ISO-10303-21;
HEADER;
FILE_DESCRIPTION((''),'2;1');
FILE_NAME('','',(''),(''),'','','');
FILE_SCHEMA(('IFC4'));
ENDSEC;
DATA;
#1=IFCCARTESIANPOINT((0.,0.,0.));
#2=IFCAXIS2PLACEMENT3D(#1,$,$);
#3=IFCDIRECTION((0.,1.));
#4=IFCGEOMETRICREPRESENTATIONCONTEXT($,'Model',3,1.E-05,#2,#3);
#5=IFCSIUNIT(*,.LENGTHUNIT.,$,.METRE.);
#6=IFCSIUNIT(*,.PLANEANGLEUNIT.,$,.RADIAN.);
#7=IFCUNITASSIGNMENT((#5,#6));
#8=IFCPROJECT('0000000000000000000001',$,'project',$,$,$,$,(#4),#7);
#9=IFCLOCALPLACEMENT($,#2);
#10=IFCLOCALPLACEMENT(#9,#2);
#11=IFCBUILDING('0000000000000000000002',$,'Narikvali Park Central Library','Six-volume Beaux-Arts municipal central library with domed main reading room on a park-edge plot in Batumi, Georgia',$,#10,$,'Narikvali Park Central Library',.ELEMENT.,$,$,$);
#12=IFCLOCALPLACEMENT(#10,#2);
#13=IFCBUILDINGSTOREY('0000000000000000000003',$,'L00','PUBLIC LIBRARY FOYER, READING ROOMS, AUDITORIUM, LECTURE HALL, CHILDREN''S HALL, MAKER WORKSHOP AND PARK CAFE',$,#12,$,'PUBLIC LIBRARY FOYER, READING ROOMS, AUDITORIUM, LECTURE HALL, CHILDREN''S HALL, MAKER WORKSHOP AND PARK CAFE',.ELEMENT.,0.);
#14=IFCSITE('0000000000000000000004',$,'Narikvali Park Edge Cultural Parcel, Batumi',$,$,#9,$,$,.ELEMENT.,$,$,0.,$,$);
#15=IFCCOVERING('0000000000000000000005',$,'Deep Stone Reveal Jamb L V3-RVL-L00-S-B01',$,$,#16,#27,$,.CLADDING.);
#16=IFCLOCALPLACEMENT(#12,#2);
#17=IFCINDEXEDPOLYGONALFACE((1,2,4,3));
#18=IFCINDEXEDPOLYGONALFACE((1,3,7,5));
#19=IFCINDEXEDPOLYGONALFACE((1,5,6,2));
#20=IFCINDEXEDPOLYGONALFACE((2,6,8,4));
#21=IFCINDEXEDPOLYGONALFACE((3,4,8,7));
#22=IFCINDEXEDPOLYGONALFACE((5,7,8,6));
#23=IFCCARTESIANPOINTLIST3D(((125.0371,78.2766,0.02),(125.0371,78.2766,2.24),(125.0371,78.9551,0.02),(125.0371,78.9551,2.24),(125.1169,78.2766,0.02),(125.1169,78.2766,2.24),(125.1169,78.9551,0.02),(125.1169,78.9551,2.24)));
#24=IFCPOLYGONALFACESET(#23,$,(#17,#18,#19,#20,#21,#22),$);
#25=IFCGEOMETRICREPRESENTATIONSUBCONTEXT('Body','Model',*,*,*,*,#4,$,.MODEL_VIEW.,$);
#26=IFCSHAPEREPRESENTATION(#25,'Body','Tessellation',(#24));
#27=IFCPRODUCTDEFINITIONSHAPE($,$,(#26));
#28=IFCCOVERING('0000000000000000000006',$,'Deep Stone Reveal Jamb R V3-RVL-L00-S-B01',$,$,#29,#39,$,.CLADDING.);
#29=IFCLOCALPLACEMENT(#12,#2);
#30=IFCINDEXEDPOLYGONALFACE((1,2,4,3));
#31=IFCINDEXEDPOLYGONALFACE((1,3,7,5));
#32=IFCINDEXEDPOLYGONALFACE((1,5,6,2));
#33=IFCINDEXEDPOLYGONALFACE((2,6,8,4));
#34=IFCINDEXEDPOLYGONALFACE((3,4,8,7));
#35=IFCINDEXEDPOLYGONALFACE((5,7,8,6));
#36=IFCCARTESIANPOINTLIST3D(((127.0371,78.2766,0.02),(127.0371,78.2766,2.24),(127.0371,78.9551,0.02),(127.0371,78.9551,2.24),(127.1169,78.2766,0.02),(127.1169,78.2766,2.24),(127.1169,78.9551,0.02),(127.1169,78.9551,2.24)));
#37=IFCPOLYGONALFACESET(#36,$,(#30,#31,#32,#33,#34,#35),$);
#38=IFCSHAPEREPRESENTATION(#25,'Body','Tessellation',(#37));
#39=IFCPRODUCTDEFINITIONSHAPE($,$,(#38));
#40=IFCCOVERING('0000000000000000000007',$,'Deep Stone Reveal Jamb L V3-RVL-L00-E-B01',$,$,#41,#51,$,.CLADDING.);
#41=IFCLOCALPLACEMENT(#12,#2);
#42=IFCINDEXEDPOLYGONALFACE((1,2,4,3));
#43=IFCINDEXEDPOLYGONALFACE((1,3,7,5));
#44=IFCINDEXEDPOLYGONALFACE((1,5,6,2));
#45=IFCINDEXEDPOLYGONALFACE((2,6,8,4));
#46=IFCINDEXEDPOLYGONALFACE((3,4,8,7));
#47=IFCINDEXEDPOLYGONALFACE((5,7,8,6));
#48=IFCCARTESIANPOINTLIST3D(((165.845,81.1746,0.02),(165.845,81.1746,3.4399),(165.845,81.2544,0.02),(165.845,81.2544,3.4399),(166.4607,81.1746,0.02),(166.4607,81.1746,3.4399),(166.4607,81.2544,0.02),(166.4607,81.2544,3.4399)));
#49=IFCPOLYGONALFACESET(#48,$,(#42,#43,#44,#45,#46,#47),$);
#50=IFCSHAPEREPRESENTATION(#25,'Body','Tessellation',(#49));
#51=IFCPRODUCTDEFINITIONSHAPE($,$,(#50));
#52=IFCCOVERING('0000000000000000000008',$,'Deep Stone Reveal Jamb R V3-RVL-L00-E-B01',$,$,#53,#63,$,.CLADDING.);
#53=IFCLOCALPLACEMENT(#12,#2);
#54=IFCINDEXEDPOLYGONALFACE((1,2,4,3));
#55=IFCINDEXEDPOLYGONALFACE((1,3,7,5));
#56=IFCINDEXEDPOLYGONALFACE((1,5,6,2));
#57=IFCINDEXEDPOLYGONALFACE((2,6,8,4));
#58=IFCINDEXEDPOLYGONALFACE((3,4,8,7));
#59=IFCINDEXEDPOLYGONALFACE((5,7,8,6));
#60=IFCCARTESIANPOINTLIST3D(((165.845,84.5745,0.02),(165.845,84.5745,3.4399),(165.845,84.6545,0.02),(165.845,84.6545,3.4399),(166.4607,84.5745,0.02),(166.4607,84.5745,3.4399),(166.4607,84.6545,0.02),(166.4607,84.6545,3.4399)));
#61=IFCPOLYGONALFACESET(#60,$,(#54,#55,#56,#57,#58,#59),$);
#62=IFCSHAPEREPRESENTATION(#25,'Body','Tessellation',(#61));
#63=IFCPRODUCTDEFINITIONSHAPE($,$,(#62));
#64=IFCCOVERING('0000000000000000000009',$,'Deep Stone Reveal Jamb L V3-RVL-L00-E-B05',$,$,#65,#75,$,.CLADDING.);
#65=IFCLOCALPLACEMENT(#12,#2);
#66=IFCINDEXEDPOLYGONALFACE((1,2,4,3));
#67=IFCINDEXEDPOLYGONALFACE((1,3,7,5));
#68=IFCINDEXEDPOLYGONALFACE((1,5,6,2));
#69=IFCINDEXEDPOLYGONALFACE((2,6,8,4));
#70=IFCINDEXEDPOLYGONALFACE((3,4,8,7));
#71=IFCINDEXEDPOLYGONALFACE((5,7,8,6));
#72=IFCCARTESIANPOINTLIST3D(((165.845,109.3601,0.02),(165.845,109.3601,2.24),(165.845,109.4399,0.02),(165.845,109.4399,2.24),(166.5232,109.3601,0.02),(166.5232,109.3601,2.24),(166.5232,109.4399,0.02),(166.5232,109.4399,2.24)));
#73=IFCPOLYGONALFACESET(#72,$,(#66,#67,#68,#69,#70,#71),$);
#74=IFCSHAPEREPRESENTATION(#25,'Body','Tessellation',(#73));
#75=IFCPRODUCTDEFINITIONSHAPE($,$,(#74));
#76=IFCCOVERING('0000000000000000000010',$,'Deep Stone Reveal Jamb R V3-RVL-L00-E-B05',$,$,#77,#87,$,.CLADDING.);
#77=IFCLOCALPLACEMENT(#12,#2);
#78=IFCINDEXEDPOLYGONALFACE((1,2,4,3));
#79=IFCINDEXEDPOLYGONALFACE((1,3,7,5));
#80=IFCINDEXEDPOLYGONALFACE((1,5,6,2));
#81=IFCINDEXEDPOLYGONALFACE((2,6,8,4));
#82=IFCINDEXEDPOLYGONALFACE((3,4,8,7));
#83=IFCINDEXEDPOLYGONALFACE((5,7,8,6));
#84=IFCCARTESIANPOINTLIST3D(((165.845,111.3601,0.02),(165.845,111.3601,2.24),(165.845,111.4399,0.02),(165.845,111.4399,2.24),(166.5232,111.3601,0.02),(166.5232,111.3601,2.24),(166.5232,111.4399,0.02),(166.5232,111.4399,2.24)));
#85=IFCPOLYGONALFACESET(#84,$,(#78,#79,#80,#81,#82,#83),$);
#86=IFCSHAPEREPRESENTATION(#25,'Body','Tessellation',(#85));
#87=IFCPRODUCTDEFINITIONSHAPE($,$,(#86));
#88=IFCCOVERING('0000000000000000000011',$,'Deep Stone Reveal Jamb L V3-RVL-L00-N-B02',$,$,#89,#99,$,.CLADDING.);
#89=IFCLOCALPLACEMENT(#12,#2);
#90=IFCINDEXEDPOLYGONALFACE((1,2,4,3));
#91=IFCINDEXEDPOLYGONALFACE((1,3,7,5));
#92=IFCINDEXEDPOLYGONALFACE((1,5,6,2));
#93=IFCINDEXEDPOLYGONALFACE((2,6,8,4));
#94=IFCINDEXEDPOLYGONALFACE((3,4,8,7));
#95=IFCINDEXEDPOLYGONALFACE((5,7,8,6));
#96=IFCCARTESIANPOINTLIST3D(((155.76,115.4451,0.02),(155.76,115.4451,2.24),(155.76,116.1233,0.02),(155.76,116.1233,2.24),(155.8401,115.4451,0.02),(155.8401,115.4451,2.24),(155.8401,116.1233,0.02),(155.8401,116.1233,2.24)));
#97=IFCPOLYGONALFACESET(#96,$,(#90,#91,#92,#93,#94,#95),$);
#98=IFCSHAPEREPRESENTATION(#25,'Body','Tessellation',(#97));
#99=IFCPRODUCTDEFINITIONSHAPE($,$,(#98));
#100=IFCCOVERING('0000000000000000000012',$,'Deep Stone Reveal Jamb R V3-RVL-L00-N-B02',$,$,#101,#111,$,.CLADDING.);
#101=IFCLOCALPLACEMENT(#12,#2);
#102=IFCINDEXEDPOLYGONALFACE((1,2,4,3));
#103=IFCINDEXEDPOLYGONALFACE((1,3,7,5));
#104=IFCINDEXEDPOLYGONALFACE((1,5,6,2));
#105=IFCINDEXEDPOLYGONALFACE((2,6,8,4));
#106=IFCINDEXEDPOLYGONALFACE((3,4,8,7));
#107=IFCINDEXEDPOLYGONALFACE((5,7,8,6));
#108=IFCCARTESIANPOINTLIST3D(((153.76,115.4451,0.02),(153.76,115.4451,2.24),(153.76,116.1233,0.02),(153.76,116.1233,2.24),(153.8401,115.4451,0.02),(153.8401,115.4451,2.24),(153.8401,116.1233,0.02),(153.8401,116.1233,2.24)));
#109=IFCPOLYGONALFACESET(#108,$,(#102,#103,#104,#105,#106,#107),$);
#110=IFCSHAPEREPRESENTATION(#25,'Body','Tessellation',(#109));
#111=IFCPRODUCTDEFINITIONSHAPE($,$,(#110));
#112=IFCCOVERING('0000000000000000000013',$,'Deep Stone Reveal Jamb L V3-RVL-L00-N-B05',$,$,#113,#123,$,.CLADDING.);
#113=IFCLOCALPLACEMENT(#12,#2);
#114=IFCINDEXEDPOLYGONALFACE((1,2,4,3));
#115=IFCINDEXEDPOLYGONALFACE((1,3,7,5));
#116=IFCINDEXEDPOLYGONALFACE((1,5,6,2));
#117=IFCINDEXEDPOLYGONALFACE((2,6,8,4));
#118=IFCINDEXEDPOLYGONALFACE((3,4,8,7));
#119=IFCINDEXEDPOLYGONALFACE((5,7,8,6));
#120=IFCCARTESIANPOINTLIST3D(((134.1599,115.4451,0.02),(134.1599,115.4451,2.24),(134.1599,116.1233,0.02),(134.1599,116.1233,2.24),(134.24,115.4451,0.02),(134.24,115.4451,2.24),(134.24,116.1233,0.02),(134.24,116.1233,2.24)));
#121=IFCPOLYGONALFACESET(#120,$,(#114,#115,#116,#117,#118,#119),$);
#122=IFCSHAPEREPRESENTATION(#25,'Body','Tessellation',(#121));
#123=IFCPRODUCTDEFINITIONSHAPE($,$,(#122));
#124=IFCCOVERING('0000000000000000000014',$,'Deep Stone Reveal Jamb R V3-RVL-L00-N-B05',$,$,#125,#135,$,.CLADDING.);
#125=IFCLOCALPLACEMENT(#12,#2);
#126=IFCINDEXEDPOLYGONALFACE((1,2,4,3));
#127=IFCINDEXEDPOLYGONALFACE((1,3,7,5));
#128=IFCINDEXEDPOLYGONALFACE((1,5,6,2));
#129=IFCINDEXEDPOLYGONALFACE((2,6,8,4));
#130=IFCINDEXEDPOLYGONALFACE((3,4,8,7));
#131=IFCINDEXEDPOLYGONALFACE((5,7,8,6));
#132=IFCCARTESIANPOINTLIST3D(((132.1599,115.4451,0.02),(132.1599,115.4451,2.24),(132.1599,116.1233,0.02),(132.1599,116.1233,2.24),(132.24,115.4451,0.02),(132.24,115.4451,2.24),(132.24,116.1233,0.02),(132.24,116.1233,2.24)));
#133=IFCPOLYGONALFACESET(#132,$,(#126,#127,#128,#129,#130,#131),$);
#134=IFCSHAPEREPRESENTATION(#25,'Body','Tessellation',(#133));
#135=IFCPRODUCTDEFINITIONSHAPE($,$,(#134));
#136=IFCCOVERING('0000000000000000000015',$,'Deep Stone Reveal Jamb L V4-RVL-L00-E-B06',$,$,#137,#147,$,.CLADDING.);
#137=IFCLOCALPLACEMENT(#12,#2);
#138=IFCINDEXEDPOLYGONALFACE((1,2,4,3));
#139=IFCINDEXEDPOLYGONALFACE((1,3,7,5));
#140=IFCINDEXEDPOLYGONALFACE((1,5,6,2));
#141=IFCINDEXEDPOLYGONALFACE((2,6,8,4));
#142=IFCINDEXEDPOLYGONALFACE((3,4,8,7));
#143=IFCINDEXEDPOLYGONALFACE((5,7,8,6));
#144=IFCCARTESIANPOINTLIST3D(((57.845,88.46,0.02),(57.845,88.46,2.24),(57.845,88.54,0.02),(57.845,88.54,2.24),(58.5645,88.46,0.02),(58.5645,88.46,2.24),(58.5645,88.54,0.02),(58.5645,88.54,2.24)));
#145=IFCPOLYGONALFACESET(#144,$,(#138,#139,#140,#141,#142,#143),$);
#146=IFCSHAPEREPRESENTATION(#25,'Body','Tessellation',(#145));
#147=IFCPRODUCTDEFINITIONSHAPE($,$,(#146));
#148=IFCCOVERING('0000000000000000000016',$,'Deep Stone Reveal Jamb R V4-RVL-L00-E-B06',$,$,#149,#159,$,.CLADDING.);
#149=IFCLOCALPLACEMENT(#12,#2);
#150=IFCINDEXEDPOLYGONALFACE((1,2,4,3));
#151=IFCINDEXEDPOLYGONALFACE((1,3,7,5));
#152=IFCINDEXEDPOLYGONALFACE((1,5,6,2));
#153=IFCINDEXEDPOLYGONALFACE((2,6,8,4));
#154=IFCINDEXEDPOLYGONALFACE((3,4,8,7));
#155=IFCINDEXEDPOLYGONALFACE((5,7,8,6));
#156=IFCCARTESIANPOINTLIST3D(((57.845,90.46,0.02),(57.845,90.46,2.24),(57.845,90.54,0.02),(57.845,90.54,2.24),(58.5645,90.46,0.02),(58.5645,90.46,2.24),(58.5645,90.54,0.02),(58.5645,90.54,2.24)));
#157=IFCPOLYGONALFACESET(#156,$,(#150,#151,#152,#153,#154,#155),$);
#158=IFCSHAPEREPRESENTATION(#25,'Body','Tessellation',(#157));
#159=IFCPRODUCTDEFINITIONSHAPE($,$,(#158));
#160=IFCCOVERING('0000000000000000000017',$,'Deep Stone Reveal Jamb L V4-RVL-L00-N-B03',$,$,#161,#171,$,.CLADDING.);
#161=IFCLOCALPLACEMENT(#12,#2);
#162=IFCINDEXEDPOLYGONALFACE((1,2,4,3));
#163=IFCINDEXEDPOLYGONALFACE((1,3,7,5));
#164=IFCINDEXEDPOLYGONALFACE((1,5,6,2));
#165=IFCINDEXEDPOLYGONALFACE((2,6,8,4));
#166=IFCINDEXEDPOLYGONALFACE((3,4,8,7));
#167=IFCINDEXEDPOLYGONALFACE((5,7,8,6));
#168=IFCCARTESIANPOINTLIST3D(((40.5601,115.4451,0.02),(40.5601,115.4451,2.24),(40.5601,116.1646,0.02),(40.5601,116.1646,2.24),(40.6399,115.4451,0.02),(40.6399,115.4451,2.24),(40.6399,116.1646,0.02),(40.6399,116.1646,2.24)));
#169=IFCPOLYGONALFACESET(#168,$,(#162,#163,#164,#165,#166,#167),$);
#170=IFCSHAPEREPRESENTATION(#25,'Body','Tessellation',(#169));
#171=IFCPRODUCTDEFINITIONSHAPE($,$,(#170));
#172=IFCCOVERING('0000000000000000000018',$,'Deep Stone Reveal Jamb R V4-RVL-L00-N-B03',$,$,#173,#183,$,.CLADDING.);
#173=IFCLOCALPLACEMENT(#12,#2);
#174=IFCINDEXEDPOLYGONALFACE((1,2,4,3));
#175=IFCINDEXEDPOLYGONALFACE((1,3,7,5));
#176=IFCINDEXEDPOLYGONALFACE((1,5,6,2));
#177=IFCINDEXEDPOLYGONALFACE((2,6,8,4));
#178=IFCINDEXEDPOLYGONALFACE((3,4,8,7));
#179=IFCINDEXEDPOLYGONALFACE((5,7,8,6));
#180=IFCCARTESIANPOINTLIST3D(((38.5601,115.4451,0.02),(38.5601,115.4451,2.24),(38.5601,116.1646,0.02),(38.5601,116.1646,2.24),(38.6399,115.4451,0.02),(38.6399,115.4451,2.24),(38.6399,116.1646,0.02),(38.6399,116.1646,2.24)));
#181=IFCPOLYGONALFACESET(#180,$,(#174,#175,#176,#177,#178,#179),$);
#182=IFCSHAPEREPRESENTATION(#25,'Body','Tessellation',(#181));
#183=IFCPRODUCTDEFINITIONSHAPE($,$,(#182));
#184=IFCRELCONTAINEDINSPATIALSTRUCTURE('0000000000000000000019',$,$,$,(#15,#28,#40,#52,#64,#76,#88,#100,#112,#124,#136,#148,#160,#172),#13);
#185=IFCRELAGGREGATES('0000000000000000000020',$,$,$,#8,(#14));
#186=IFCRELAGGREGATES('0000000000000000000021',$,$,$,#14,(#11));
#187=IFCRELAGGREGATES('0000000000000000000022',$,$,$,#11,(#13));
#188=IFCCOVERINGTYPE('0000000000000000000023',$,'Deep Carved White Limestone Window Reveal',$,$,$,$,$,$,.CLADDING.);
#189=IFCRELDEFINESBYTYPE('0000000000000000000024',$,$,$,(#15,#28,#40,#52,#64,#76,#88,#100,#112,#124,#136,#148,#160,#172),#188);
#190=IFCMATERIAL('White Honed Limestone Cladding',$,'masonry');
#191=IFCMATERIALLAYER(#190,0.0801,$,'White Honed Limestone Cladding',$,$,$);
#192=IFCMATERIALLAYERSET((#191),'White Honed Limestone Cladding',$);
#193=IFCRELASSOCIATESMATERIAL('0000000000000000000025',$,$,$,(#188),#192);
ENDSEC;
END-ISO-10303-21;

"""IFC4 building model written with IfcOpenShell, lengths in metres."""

from ifc_helpers import new_model, si_unit, direction, frame, origin, place, context, subcontext, project, spatial, polyline, outline, extrude, material, layer, layer_set, type_object, element, save


model = new_model("IFC4")

# Units and contexts
model_context = context("Model", 3, precision=1e-05, world=origin(), true_north=direction((0.0, 1.0)))
body_context = subcontext(model_context, "Body", "Model", "MODEL_VIEW")
ifc_project = project(units=[si_unit("LENGTHUNIT", "METRE"), si_unit("PLANEANGLEUNIT", "RADIAN")], contexts=[model_context])

# Site, building, storey
site_placement = place(None, origin())
site = spatial("IfcSite", under=ifc_project, at=site_placement, Name="Narikvali Park Edge Cultural Parcel, Batumi", CompositionType="ELEMENT", RefElevation=0.0)
building_placement = place(site_placement, origin())
building = spatial("IfcBuilding", under=site, at=building_placement, Name="Narikvali Park Central Library", Description="Six-volume Beaux-Arts municipal central library with domed main reading room on a park-edge plot in Batumi, Georgia", LongName="Narikvali Park Central Library", CompositionType="ELEMENT")
storey_placement = place(building_placement, origin())
storey = spatial("IfcBuildingStorey", under=building, at=storey_placement, Name="L00", Description="PUBLIC LIBRARY FOYER, READING ROOMS, AUDITORIUM, LECTURE HALL, CHILDREN'S HALL, MAKER WORKSHOP AND PARK CAFE", LongName="PUBLIC LIBRARY FOYER, READING ROOMS, AUDITORIUM, LECTURE HALL, CHILDREN'S HALL, MAKER WORKSHOP AND PARK CAFE", CompositionType="ELEMENT", Elevation=0.0)

# Coverings
ifc_material = material(Name="White Honed Limestone Cladding", Category="masonry")
ifc_layer = layer(ifc_material, 0.0801, Name="White Honed Limestone Cladding")
ifc_layer_set = layer_set([ifc_layer], Name="White Honed Limestone Cladding")
covering_type = type_object("IfcCoveringType", Name="Deep Carved White Limestone Window Reveal", PredefinedType="CLADDING", material=ifc_layer_set)
covering_1_placement = place(storey_placement, frame((0.0, 0.0, 0.02)))
element("IfcCovering", 1, at=covering_1_placement, inside=storey, type_object=covering_type, Name="Deep Stone Reveal Jamb L V3-RVL-L00-S-B01", PredefinedType="CLADDING", context=body_context, shape_type="SweptSolid", body=[
    extrude(outline(polyline([(125.0371, 78.9551), (125.1169, 78.9551), (125.1169, 78.2766), (125.0371, 78.2766), (125.0371, 78.9551)])), origin(), (0.0, 0.0, 1.0), 2.22),
])
covering_2_placement = place(storey_placement, frame((0.0, 0.0, 0.02)))
element("IfcCovering", 2, at=covering_2_placement, inside=storey, type_object=covering_type, Name="Deep Stone Reveal Jamb R V3-RVL-L00-S-B01", PredefinedType="CLADDING", context=body_context, shape_type="SweptSolid", body=[
    extrude(outline(polyline([(127.0371, 78.9551), (127.1169, 78.9551), (127.1169, 78.2766), (127.0371, 78.2766), (127.0371, 78.9551)])), origin(), (0.0, 0.0, 1.0), 2.22),
])
covering_3_placement = place(storey_placement, frame((0.0, 0.0, 0.02)))
element("IfcCovering", 3, at=covering_3_placement, inside=storey, type_object=covering_type, Name="Deep Stone Reveal Jamb L V3-RVL-L00-E-B01", PredefinedType="CLADDING", context=body_context, shape_type="SweptSolid", body=[
    extrude(outline(polyline([(165.845, 81.1746), (165.845, 81.2544), (166.4607, 81.2544), (166.4607, 81.1746), (165.845, 81.1746)])), origin(), (0.0, 0.0, 1.0), 3.4199),
])
covering_4_placement = place(storey_placement, frame((0.0, 0.0, 0.02)))
element("IfcCovering", 4, at=covering_4_placement, inside=storey, type_object=covering_type, Name="Deep Stone Reveal Jamb R V3-RVL-L00-E-B01", PredefinedType="CLADDING", context=body_context, shape_type="SweptSolid", body=[
    extrude(outline(polyline([(165.845, 84.5745), (165.845, 84.6545), (166.4607, 84.6545), (166.4607, 84.5745), (165.845, 84.5745)])), origin(), (0.0, 0.0, 1.0), 3.4199),
])
covering_5_placement = place(storey_placement, frame((0.0, 0.0, 0.02)))
element("IfcCovering", 5, at=covering_5_placement, inside=storey, type_object=covering_type, Name="Deep Stone Reveal Jamb L V3-RVL-L00-E-B05", PredefinedType="CLADDING", context=body_context, shape_type="SweptSolid", body=[
    extrude(outline(polyline([(165.845, 109.3601), (165.845, 109.4399), (166.5232, 109.4399), (166.5232, 109.3601), (165.845, 109.3601)])), origin(), (0.0, 0.0, 1.0), 2.22),
])
covering_6_placement = place(storey_placement, frame((0.0, 0.0, 0.02)))
element("IfcCovering", 6, at=covering_6_placement, inside=storey, type_object=covering_type, Name="Deep Stone Reveal Jamb R V3-RVL-L00-E-B05", PredefinedType="CLADDING", context=body_context, shape_type="SweptSolid", body=[
    extrude(outline(polyline([(165.845, 111.3601), (165.845, 111.4399), (166.5232, 111.4399), (166.5232, 111.3601), (165.845, 111.3601)])), origin(), (0.0, 0.0, 1.0), 2.22),
])
covering_7_placement = place(storey_placement, frame((0.0, 0.0, 0.02)))
element("IfcCovering", 7, at=covering_7_placement, inside=storey, type_object=covering_type, Name="Deep Stone Reveal Jamb L V3-RVL-L00-N-B02", PredefinedType="CLADDING", context=body_context, shape_type="SweptSolid", body=[
    extrude(outline(polyline([(155.8401, 115.4451), (155.76, 115.4451), (155.76, 116.1233), (155.8401, 116.1233), (155.8401, 115.4451)])), origin(), (0.0, 0.0, 1.0), 2.22),
])
covering_8_placement = place(storey_placement, frame((0.0, 0.0, 0.02)))
element("IfcCovering", 8, at=covering_8_placement, inside=storey, type_object=covering_type, Name="Deep Stone Reveal Jamb R V3-RVL-L00-N-B02", PredefinedType="CLADDING", context=body_context, shape_type="SweptSolid", body=[
    extrude(outline(polyline([(153.8401, 115.4451), (153.76, 115.4451), (153.76, 116.1233), (153.8401, 116.1233), (153.8401, 115.4451)])), origin(), (0.0, 0.0, 1.0), 2.22),
])
covering_9_placement = place(storey_placement, frame((0.0, 0.0, 0.02)))
element("IfcCovering", 9, at=covering_9_placement, inside=storey, type_object=covering_type, Name="Deep Stone Reveal Jamb L V3-RVL-L00-N-B05", PredefinedType="CLADDING", context=body_context, shape_type="SweptSolid", body=[
    extrude(outline(polyline([(134.24, 115.4451), (134.1599, 115.4451), (134.1599, 116.1233), (134.24, 116.1233), (134.24, 115.4451)])), origin(), (0.0, 0.0, 1.0), 2.22),
])
covering_10_placement = place(storey_placement, frame((0.0, 0.0, 0.02)))
element("IfcCovering", 10, at=covering_10_placement, inside=storey, type_object=covering_type, Name="Deep Stone Reveal Jamb R V3-RVL-L00-N-B05", PredefinedType="CLADDING", context=body_context, shape_type="SweptSolid", body=[
    extrude(outline(polyline([(132.24, 115.4451), (132.1599, 115.4451), (132.1599, 116.1233), (132.24, 116.1233), (132.24, 115.4451)])), origin(), (0.0, 0.0, 1.0), 2.22),
])
covering_11_placement = place(storey_placement, frame((0.0, 0.0, 0.02)))
element("IfcCovering", 11, at=covering_11_placement, inside=storey, type_object=covering_type, Name="Deep Stone Reveal Jamb L V4-RVL-L00-E-B06", PredefinedType="CLADDING", context=body_context, shape_type="SweptSolid", body=[
    extrude(outline(polyline([(57.845, 88.46), (57.845, 88.54), (58.5645, 88.54), (58.5645, 88.46), (57.845, 88.46)])), origin(), (0.0, 0.0, 1.0), 2.22),
])
covering_12_placement = place(storey_placement, frame((0.0, 0.0, 0.02)))
element("IfcCovering", 12, at=covering_12_placement, inside=storey, type_object=covering_type, Name="Deep Stone Reveal Jamb R V4-RVL-L00-E-B06", PredefinedType="CLADDING", context=body_context, shape_type="SweptSolid", body=[
    extrude(outline(polyline([(57.845, 90.46), (57.845, 90.54), (58.5645, 90.54), (58.5645, 90.46), (57.845, 90.46)])), origin(), (0.0, 0.0, 1.0), 2.22),
])
covering_13_placement = place(storey_placement, frame((0.0, 0.0, 0.02)))
element("IfcCovering", 13, at=covering_13_placement, inside=storey, type_object=covering_type, Name="Deep Stone Reveal Jamb L V4-RVL-L00-N-B03", PredefinedType="CLADDING", context=body_context, shape_type="SweptSolid", body=[
    extrude(outline(polyline([(40.6399, 115.4451), (40.5601, 115.4451), (40.5601, 116.1646), (40.6399, 116.1646), (40.6399, 115.4451)])), origin(), (0.0, 0.0, 1.0), 2.22),
])
covering_14_placement = place(storey_placement, frame((0.0, 0.0, 0.02)))
element("IfcCovering", 14, at=covering_14_placement, inside=storey, type_object=covering_type, Name="Deep Stone Reveal Jamb R V4-RVL-L00-N-B03", PredefinedType="CLADDING", context=body_context, shape_type="SweptSolid", body=[
    extrude(outline(polyline([(38.6399, 115.4451), (38.5601, 115.4451), (38.5601, 116.1646), (38.6399, 116.1646), (38.6399, 115.4451)])), origin(), (0.0, 0.0, 1.0), 2.22),
])

save(model, "model.ifc")
